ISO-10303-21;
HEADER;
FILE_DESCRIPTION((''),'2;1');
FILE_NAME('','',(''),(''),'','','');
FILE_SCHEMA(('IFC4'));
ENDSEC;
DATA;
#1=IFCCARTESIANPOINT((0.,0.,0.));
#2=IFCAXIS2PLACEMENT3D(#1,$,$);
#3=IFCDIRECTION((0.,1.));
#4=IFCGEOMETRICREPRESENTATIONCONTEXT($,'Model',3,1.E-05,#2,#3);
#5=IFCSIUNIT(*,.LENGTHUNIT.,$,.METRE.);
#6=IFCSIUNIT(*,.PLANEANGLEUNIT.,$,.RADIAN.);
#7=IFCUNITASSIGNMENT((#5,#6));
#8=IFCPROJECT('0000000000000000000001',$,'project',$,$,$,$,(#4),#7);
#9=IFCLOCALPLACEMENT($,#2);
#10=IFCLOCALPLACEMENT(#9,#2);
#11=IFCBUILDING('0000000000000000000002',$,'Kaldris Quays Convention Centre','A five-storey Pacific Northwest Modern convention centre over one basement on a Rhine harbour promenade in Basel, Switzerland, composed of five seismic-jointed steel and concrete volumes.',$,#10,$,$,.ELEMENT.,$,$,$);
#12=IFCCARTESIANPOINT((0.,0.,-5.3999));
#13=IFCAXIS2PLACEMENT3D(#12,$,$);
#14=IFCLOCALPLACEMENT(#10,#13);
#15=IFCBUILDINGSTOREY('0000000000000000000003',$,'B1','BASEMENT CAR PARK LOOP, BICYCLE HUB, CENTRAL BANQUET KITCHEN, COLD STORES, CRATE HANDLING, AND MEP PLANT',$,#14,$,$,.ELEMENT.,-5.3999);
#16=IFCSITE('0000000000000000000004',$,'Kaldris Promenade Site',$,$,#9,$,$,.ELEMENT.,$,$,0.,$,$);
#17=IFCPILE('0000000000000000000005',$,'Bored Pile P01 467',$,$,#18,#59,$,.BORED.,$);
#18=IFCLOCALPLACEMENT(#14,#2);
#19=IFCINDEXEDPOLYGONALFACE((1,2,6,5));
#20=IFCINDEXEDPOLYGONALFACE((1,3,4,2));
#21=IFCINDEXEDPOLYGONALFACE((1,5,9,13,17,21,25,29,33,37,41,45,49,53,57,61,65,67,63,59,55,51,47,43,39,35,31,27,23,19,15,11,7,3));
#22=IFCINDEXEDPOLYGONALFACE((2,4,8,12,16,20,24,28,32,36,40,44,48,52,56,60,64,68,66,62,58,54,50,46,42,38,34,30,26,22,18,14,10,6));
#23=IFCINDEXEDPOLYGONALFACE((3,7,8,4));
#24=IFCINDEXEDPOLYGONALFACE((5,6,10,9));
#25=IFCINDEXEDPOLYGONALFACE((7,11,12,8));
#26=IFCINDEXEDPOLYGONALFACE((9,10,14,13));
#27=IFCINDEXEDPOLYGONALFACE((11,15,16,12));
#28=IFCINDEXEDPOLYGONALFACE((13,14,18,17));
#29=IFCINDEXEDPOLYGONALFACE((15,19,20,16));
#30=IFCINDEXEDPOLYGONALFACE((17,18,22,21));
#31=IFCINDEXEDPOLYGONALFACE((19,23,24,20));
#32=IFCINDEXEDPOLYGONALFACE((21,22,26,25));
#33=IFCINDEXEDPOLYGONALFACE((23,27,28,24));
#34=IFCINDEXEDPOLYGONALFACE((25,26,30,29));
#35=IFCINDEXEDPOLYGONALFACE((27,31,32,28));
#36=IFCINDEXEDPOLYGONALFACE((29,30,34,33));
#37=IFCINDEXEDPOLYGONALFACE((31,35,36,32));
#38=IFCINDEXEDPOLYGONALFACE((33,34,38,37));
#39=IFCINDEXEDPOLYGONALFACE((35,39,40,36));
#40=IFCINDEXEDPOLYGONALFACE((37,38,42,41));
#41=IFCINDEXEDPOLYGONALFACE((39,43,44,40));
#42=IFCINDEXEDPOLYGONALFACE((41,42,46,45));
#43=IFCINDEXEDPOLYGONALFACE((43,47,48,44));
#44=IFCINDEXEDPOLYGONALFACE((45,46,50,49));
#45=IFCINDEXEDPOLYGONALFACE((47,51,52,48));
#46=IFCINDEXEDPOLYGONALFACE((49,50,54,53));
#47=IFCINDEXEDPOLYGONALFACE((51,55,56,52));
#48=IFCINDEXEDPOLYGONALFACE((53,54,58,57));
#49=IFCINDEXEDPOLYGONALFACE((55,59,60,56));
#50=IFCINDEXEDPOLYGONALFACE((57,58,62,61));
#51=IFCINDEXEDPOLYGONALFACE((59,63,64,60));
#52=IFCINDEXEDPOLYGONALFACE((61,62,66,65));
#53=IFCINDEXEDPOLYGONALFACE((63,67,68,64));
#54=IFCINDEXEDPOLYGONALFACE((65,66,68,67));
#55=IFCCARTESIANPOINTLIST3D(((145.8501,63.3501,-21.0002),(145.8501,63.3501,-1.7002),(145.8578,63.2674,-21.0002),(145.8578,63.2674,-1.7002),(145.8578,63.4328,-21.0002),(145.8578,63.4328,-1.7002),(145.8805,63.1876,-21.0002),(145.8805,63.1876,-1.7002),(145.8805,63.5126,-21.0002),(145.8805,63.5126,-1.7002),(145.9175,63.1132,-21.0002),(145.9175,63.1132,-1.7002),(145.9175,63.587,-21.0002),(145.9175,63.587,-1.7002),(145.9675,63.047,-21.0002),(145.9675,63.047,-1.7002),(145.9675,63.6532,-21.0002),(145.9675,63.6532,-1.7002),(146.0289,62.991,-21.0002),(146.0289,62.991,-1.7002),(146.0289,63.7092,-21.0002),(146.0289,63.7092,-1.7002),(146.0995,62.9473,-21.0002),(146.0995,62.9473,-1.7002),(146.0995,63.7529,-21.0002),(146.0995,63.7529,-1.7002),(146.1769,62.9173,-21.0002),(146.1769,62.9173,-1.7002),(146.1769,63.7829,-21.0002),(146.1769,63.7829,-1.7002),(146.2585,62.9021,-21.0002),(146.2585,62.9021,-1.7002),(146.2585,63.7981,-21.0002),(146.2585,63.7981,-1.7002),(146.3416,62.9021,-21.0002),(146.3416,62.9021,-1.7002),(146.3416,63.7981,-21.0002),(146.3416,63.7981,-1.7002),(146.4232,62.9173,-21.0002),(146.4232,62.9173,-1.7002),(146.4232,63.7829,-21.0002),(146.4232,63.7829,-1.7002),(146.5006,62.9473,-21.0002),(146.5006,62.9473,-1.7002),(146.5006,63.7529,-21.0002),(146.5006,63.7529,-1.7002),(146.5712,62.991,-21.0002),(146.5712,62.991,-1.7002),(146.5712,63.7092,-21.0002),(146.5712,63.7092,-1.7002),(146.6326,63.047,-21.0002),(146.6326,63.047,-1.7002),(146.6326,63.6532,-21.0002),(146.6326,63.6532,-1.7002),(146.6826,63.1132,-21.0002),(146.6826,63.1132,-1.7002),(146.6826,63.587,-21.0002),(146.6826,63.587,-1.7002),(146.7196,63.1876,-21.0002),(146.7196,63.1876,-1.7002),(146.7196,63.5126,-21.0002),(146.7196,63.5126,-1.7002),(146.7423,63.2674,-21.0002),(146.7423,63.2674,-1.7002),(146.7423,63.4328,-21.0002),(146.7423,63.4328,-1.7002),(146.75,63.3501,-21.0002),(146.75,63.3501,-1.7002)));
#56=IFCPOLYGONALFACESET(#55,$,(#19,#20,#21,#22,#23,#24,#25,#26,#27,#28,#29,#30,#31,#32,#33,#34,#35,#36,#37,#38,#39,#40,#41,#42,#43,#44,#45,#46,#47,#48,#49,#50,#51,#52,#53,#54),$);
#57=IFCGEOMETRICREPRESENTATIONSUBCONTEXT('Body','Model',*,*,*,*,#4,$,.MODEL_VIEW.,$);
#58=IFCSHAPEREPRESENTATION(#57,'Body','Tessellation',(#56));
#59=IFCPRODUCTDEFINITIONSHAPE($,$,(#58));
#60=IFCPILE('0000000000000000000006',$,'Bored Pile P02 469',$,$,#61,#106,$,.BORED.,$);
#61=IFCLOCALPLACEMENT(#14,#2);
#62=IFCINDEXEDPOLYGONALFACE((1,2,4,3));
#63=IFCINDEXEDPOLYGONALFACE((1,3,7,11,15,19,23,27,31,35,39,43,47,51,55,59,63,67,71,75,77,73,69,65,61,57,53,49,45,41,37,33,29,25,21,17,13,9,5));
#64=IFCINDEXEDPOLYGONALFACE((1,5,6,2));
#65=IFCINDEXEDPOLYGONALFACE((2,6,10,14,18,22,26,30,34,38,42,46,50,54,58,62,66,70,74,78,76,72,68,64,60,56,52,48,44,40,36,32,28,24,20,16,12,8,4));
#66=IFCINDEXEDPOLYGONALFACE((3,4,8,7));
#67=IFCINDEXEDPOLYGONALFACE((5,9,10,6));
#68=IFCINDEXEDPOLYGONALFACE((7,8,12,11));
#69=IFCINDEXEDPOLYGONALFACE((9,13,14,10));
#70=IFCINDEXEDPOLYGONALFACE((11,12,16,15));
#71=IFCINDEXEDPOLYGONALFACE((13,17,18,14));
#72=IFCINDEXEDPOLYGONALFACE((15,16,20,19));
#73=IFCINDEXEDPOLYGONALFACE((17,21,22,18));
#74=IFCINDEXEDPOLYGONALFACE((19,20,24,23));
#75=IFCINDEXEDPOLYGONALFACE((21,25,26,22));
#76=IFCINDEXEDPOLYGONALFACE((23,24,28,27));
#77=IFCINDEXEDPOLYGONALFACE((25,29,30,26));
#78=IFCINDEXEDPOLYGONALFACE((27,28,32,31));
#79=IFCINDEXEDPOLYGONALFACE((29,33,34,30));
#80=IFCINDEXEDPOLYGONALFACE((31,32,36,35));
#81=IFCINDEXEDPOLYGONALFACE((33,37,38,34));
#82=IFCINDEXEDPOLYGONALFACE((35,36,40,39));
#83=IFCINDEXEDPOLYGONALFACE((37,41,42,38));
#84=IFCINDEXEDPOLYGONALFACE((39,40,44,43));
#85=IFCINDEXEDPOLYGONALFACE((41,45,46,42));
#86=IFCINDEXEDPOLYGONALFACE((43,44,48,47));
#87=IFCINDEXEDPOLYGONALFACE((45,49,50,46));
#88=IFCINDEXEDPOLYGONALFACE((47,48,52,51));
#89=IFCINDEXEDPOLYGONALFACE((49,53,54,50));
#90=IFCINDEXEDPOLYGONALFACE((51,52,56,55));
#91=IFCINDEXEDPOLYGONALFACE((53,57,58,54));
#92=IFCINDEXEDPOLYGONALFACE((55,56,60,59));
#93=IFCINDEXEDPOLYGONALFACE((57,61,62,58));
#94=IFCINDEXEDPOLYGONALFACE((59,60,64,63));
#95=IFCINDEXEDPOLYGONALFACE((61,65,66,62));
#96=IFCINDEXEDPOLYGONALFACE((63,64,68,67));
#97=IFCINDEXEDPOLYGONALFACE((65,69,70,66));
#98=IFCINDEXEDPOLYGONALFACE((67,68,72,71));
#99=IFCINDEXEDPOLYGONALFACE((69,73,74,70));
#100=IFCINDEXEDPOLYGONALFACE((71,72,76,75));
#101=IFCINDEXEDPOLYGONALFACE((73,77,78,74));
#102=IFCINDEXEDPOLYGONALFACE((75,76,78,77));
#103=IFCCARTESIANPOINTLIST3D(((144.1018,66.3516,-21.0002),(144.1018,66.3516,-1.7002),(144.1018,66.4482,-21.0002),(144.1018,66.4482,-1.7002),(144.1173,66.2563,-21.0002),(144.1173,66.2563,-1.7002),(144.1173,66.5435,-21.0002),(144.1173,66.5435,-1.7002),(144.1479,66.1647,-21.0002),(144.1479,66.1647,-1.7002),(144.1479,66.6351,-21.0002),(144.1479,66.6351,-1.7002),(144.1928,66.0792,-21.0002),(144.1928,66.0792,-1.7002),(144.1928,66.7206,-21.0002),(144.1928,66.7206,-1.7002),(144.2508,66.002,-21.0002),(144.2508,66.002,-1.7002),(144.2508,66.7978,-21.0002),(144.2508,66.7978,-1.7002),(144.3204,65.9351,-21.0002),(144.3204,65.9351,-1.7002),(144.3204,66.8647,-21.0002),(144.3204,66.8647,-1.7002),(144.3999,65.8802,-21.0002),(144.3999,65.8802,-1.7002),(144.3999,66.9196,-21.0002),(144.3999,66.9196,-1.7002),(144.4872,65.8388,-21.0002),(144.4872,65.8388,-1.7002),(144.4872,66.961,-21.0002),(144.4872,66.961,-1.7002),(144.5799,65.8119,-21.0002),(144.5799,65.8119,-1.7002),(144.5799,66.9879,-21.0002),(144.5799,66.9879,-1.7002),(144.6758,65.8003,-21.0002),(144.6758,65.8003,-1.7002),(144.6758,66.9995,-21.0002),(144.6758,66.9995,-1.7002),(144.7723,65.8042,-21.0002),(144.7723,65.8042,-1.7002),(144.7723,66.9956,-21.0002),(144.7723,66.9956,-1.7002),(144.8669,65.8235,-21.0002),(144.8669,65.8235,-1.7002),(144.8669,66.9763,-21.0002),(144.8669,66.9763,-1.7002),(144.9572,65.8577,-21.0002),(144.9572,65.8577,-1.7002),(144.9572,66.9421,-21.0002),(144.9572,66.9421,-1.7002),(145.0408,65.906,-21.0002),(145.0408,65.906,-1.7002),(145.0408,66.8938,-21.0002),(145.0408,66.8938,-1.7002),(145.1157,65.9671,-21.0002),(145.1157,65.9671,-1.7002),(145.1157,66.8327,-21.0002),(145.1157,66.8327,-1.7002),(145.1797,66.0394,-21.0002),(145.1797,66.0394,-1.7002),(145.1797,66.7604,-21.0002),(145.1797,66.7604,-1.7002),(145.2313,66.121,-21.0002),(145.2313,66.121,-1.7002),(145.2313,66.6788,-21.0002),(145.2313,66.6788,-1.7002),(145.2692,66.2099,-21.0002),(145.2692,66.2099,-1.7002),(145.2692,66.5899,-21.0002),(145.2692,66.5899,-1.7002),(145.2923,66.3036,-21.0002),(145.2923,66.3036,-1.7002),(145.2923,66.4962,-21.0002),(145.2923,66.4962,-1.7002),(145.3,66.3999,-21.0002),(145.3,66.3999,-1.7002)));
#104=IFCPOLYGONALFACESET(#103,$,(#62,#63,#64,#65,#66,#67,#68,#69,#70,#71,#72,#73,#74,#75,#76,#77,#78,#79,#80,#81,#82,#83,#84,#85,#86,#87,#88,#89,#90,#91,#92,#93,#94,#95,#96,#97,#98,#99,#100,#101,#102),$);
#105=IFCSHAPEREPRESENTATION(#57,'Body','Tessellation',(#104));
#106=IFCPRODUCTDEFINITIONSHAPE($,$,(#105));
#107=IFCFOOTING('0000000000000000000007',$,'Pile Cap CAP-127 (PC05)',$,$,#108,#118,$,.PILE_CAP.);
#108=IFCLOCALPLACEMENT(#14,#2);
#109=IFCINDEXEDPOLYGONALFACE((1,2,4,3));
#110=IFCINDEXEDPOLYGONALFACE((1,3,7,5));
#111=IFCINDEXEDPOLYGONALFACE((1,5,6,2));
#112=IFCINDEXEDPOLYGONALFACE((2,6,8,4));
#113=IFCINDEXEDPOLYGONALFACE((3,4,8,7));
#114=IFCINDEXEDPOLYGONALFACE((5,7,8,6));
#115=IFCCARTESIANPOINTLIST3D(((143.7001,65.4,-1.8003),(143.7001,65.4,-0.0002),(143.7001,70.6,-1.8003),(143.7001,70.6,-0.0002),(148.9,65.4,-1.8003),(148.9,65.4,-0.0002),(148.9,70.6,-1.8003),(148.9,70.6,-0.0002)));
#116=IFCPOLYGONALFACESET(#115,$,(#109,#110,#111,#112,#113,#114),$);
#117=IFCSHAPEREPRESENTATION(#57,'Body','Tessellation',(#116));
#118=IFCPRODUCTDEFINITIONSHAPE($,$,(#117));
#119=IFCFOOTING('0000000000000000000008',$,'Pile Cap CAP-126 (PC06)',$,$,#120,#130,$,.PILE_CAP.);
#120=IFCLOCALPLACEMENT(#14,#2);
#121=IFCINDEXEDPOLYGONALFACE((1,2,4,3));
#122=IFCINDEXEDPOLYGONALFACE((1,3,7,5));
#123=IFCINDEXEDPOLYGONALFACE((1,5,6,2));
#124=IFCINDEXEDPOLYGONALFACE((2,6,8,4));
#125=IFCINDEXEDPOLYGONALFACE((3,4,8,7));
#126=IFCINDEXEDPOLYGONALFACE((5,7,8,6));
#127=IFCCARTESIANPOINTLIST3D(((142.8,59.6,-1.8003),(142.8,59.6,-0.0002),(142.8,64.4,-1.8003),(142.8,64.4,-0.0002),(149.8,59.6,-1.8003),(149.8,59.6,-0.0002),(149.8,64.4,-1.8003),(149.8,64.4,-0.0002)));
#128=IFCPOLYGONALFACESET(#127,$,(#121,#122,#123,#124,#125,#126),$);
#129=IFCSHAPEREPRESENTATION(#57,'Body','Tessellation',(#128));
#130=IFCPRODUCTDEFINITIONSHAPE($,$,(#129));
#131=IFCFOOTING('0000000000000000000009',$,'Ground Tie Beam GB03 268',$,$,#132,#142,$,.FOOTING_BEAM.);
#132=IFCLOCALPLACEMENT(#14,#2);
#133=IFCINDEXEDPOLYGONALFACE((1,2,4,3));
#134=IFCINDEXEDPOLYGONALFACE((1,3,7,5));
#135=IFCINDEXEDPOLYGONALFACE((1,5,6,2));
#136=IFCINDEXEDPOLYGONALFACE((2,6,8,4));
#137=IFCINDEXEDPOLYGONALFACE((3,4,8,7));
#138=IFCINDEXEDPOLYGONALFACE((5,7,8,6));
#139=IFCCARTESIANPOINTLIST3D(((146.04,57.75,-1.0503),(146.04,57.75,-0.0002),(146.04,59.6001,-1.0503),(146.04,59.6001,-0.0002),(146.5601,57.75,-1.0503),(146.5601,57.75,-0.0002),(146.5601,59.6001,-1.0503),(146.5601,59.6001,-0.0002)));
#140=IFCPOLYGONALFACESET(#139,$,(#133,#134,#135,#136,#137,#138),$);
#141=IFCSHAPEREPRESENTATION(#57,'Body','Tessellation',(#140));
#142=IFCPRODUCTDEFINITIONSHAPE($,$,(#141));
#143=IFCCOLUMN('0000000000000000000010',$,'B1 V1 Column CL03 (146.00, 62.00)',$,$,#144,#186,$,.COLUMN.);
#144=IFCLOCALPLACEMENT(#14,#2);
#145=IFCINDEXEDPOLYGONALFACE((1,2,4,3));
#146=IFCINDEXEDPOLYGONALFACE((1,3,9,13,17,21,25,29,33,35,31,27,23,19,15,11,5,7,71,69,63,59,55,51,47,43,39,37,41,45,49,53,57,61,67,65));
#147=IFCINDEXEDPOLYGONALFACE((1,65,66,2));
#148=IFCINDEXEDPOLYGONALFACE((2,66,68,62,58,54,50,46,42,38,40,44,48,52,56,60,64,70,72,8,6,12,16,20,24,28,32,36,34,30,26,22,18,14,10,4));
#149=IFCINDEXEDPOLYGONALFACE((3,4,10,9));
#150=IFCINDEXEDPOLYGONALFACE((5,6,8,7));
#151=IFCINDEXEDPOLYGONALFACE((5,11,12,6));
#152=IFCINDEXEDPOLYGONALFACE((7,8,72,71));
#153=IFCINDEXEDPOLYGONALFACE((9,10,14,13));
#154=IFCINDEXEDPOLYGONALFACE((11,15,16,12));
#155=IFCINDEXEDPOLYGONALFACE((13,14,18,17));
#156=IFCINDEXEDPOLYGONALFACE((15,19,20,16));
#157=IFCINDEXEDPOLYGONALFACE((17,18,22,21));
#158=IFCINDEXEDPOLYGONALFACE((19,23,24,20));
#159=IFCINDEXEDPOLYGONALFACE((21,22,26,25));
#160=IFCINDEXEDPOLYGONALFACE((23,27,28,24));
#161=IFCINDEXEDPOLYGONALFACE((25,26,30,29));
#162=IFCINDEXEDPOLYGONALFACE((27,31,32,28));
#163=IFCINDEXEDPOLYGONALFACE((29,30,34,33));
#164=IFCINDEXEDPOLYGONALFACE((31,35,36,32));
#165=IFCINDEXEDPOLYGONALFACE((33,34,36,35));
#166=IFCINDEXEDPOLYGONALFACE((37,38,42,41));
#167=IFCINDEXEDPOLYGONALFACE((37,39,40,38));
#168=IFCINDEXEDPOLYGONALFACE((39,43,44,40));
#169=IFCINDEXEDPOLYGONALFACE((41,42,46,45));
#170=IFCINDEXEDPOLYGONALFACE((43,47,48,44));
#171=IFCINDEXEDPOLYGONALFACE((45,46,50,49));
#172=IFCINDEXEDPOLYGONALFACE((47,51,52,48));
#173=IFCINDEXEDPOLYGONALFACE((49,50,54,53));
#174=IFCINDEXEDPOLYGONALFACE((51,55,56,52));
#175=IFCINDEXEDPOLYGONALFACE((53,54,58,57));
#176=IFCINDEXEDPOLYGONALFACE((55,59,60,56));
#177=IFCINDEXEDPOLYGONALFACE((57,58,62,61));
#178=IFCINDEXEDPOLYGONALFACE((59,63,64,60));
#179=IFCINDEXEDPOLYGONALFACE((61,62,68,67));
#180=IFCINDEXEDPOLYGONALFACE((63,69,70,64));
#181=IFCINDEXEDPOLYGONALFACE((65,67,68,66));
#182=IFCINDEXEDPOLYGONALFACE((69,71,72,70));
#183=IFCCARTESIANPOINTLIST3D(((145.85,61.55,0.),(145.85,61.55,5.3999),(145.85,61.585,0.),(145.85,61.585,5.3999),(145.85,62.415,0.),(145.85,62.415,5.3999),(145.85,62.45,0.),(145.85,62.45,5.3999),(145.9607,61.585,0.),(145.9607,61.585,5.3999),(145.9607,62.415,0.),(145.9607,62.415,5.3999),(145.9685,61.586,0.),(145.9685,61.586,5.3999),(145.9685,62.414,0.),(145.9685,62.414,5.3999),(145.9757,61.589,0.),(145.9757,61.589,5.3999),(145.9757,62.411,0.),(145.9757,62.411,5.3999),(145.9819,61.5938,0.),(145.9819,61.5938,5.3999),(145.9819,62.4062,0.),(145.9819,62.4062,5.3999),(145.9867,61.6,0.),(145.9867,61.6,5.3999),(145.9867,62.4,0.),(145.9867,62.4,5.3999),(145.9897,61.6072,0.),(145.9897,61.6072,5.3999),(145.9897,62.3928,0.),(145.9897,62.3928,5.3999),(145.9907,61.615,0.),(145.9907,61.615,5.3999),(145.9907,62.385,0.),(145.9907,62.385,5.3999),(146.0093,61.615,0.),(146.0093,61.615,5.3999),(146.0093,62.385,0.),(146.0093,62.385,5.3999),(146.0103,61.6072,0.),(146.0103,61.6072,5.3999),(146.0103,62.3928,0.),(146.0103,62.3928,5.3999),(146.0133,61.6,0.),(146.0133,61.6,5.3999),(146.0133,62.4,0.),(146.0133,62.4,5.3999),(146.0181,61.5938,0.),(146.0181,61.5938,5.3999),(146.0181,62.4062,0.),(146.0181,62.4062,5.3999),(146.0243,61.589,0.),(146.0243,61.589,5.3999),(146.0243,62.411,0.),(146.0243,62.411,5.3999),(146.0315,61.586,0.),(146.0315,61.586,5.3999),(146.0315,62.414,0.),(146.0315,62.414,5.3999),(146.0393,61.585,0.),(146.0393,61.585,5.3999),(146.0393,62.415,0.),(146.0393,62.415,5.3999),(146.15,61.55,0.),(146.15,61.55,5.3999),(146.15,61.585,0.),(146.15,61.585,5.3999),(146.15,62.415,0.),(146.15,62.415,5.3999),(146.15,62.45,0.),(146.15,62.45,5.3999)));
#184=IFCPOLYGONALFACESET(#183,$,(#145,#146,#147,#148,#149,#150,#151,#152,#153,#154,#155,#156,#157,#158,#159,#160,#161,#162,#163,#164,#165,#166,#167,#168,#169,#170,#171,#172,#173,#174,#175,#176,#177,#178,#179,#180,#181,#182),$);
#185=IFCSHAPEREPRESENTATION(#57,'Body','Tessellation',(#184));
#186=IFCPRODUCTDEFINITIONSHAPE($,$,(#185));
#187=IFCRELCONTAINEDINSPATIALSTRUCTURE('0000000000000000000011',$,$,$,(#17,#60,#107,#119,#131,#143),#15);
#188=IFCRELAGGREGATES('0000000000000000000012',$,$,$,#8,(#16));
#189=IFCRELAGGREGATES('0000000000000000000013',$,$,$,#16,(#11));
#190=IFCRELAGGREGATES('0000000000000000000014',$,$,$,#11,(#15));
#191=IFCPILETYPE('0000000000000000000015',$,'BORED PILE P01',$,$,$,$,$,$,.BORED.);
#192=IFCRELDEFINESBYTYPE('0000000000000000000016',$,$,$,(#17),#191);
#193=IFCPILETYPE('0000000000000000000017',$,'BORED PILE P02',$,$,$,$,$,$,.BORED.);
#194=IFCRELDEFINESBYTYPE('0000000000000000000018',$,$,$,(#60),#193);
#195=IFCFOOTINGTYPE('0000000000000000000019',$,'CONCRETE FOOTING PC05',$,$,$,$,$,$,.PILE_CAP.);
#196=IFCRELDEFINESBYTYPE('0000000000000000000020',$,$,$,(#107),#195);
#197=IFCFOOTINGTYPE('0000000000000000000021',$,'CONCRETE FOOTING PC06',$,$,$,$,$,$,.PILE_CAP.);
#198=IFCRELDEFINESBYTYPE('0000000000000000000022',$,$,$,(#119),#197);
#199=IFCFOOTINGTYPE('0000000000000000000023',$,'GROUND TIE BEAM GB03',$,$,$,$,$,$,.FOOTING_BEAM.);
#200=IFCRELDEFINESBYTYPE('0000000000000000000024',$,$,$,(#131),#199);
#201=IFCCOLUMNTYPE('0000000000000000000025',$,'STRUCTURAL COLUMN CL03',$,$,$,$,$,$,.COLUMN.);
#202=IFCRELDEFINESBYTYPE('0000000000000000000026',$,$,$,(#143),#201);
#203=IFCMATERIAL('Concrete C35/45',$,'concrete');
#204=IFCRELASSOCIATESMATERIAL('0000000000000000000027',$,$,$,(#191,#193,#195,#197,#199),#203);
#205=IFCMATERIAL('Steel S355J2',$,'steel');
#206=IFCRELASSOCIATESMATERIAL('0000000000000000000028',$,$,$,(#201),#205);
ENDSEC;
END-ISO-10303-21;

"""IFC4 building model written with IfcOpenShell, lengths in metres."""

from ifc_helpers import new_model, si_unit, direction, frame, origin, origin_2d, place, context, subcontext, project, spatial, rectangle, circle, i_section, extrude, material, material_profile, profile_set, type_object, element, save


model = new_model("IFC4")

# Units and contexts
model_context = context("Model", 3, precision=1e-05, world=origin(), true_north=direction((0.0, 1.0)))
body_context = subcontext(model_context, "Body", "Model", "MODEL_VIEW")
ifc_project = project(units=[si_unit("LENGTHUNIT", "METRE"), si_unit("PLANEANGLEUNIT", "RADIAN")], contexts=[model_context])

# Site, building, storey
site_placement = place(None, origin())
site = spatial("IfcSite", under=ifc_project, at=site_placement, Name="Kaldris Promenade Site", CompositionType="ELEMENT", RefElevation=0.0)
building_placement = place(site_placement, origin())
building = spatial("IfcBuilding", under=site, at=building_placement, Name="Kaldris Quays Convention Centre", Description="A five-storey Pacific Northwest Modern convention centre over one basement on a Rhine harbour promenade in Basel, Switzerland, composed of five seismic-jointed steel and concrete volumes.", CompositionType="ELEMENT")
storey_placement = place(building_placement, frame((0.0, 0.0, -5.3999)))
storey = spatial("IfcBuildingStorey", under=building, at=storey_placement, Name="B1", Description="BASEMENT CAR PARK LOOP, BICYCLE HUB, CENTRAL BANQUET KITCHEN, COLD STORES, CRATE HANDLING, AND MEP PLANT", CompositionType="ELEMENT", Elevation=-5.3999)

# Piles
ifc_material_1 = material(Name="Concrete C35/45", Category="concrete")
ifc_material_profile_1 = material_profile(ifc_material_1, circle(Radius=0.45, at=origin_2d()), Name="BORED PILE D900")
ifc_profile_set_1 = profile_set([ifc_material_profile_1], Name="Concrete C35/45")
pile_type_1 = type_object("IfcPileType", Name="BORED PILE P01", PredefinedType="BORED", material=ifc_profile_set_1)
for number, where, z_axis, x_axis, name in (
    (1, (146.3, 63.3501, -1.7002), (0.0, 0.0, -1.0), (1.0, 0.0, 0.0), "Bored Pile P01 467"),
):
    element("IfcPile", number, at=place(storey_placement, frame(where, z_axis=z_axis, x_axis=x_axis)), inside=storey, type_object=pile_type_1, Name=name, PredefinedType="BORED", context=body_context, shape_type="SweptSolid", body=[
        extrude(circle(Radius=0.45, at=origin_2d()), origin(), (0.0, 0.0, 1.0), 19.3),
    ])
ifc_material_profile_2 = material_profile(ifc_material_1, circle(Radius=0.6001, at=origin_2d()), Name="BORED PILE D1200")
ifc_profile_set_2 = profile_set([ifc_material_profile_2], Name="Concrete C35/45")
pile_type_2 = type_object("IfcPileType", Name="BORED PILE P02", PredefinedType="BORED", material=ifc_profile_set_2)
pile_placement = place(storey_placement, frame((144.7, 66.3999, -1.7002), z_axis=(0.0, 0.0, -1.0), x_axis=(1.0, 0.0, 0.0)))
element("IfcPile", 2, at=pile_placement, inside=storey, type_object=pile_type_2, Name="Bored Pile P02 469", PredefinedType="BORED", context=body_context, shape_type="SweptSolid", body=[
    extrude(circle(Radius=0.6001, at=origin_2d()), origin(), (0.0, 0.0, 1.0), 19.3),
])

# Footings
footing_type_1 = type_object("IfcFootingType", Name="CONCRETE FOOTING PC05", PredefinedType="PILE_CAP", material=ifc_material_1)
footing_1_placement = place(storey_placement, frame((146.3, 68.0, -1.8003), z_axis=(0.0, 0.0, 1.0), x_axis=(1.0, 0.0, 0.0)))
element("IfcFooting", 3, at=footing_1_placement, inside=storey, type_object=footing_type_1, Name="Pile Cap CAP-127 (PC05)", PredefinedType="PILE_CAP", context=body_context, shape_type="SweptSolid", body=[
    extrude(rectangle(XDim=5.2, YDim=5.2, at=origin_2d()), origin(), (0.0, 0.0, 1.0), 1.8),
])
footing_type_2 = type_object("IfcFootingType", Name="CONCRETE FOOTING PC06", PredefinedType="PILE_CAP", material=ifc_material_1)
footing_2_placement = place(storey_placement, frame((146.3, 62.0, -1.8003), z_axis=(0.0, 0.0, 1.0), x_axis=(1.0, 0.0, 0.0)))
element("IfcFooting", 4, at=footing_2_placement, inside=storey, type_object=footing_type_2, Name="Pile Cap CAP-126 (PC06)", PredefinedType="PILE_CAP", context=body_context, shape_type="SweptSolid", body=[
    extrude(rectangle(XDim=7.0, YDim=4.8, at=origin_2d()), origin(), (0.0, 0.0, 1.0), 1.8),
])
footing_type_3 = type_object("IfcFootingType", Name="GROUND TIE BEAM GB03", PredefinedType="FOOTING_BEAM", material=ifc_material_1)
footing_3_placement = place(storey_placement, frame((146.3, 58.675, -1.0503), z_axis=(0.0, 0.0, 1.0), x_axis=(1.0, 0.0, 0.0)))
element("IfcFooting", 5, at=footing_3_placement, inside=storey, type_object=footing_type_3, Name="Ground Tie Beam GB03 268", PredefinedType="FOOTING_BEAM", context=body_context, shape_type="SweptSolid", body=[
    extrude(rectangle(XDim=0.52, YDim=1.8501, at=origin_2d()), origin(), (0.0, 0.0, 1.0), 1.05),
])

# Column
ifc_material_2 = material(Name="Steel S355J2", Category="steel")
ifc_material_profile_3 = material_profile(ifc_material_2, i_section(OverallWidth=0.3, OverallDepth=0.8999, WebThickness=0.0186, FlangeThickness=0.0349, FilletRadius=0.03, at=origin_2d()), Name="HEB 900")
ifc_profile_set_3 = profile_set([ifc_material_profile_3], Name="Steel S355J2")
column_type_1 = type_object("IfcColumnType", Name="STRUCTURAL COLUMN CL03", PredefinedType="COLUMN", material=ifc_profile_set_3)
for number, where, z_axis, x_axis, name in (
    (6, (146.0, 62.0, 0.0), (0.0, 0.0, 1.0), (1.0, 0.0, 0.0), "B1 V1 Column CL03 (146.00, 62.00)"),
):
    element("IfcColumn", number, at=place(storey_placement, frame(where, z_axis=z_axis, x_axis=x_axis)), inside=storey, type_object=column_type_1, Name=name, PredefinedType="COLUMN", context=body_context, shape_type="SweptSolid", body=[
        extrude(i_section(OverallWidth=0.3, OverallDepth=0.8999, WebThickness=0.0186, FlangeThickness=0.0349, FilletRadius=0.03, at=origin_2d()), origin(), (0.0, 0.0, 1.0), 5.3999),
    ])

save(model, "model.ifc")
